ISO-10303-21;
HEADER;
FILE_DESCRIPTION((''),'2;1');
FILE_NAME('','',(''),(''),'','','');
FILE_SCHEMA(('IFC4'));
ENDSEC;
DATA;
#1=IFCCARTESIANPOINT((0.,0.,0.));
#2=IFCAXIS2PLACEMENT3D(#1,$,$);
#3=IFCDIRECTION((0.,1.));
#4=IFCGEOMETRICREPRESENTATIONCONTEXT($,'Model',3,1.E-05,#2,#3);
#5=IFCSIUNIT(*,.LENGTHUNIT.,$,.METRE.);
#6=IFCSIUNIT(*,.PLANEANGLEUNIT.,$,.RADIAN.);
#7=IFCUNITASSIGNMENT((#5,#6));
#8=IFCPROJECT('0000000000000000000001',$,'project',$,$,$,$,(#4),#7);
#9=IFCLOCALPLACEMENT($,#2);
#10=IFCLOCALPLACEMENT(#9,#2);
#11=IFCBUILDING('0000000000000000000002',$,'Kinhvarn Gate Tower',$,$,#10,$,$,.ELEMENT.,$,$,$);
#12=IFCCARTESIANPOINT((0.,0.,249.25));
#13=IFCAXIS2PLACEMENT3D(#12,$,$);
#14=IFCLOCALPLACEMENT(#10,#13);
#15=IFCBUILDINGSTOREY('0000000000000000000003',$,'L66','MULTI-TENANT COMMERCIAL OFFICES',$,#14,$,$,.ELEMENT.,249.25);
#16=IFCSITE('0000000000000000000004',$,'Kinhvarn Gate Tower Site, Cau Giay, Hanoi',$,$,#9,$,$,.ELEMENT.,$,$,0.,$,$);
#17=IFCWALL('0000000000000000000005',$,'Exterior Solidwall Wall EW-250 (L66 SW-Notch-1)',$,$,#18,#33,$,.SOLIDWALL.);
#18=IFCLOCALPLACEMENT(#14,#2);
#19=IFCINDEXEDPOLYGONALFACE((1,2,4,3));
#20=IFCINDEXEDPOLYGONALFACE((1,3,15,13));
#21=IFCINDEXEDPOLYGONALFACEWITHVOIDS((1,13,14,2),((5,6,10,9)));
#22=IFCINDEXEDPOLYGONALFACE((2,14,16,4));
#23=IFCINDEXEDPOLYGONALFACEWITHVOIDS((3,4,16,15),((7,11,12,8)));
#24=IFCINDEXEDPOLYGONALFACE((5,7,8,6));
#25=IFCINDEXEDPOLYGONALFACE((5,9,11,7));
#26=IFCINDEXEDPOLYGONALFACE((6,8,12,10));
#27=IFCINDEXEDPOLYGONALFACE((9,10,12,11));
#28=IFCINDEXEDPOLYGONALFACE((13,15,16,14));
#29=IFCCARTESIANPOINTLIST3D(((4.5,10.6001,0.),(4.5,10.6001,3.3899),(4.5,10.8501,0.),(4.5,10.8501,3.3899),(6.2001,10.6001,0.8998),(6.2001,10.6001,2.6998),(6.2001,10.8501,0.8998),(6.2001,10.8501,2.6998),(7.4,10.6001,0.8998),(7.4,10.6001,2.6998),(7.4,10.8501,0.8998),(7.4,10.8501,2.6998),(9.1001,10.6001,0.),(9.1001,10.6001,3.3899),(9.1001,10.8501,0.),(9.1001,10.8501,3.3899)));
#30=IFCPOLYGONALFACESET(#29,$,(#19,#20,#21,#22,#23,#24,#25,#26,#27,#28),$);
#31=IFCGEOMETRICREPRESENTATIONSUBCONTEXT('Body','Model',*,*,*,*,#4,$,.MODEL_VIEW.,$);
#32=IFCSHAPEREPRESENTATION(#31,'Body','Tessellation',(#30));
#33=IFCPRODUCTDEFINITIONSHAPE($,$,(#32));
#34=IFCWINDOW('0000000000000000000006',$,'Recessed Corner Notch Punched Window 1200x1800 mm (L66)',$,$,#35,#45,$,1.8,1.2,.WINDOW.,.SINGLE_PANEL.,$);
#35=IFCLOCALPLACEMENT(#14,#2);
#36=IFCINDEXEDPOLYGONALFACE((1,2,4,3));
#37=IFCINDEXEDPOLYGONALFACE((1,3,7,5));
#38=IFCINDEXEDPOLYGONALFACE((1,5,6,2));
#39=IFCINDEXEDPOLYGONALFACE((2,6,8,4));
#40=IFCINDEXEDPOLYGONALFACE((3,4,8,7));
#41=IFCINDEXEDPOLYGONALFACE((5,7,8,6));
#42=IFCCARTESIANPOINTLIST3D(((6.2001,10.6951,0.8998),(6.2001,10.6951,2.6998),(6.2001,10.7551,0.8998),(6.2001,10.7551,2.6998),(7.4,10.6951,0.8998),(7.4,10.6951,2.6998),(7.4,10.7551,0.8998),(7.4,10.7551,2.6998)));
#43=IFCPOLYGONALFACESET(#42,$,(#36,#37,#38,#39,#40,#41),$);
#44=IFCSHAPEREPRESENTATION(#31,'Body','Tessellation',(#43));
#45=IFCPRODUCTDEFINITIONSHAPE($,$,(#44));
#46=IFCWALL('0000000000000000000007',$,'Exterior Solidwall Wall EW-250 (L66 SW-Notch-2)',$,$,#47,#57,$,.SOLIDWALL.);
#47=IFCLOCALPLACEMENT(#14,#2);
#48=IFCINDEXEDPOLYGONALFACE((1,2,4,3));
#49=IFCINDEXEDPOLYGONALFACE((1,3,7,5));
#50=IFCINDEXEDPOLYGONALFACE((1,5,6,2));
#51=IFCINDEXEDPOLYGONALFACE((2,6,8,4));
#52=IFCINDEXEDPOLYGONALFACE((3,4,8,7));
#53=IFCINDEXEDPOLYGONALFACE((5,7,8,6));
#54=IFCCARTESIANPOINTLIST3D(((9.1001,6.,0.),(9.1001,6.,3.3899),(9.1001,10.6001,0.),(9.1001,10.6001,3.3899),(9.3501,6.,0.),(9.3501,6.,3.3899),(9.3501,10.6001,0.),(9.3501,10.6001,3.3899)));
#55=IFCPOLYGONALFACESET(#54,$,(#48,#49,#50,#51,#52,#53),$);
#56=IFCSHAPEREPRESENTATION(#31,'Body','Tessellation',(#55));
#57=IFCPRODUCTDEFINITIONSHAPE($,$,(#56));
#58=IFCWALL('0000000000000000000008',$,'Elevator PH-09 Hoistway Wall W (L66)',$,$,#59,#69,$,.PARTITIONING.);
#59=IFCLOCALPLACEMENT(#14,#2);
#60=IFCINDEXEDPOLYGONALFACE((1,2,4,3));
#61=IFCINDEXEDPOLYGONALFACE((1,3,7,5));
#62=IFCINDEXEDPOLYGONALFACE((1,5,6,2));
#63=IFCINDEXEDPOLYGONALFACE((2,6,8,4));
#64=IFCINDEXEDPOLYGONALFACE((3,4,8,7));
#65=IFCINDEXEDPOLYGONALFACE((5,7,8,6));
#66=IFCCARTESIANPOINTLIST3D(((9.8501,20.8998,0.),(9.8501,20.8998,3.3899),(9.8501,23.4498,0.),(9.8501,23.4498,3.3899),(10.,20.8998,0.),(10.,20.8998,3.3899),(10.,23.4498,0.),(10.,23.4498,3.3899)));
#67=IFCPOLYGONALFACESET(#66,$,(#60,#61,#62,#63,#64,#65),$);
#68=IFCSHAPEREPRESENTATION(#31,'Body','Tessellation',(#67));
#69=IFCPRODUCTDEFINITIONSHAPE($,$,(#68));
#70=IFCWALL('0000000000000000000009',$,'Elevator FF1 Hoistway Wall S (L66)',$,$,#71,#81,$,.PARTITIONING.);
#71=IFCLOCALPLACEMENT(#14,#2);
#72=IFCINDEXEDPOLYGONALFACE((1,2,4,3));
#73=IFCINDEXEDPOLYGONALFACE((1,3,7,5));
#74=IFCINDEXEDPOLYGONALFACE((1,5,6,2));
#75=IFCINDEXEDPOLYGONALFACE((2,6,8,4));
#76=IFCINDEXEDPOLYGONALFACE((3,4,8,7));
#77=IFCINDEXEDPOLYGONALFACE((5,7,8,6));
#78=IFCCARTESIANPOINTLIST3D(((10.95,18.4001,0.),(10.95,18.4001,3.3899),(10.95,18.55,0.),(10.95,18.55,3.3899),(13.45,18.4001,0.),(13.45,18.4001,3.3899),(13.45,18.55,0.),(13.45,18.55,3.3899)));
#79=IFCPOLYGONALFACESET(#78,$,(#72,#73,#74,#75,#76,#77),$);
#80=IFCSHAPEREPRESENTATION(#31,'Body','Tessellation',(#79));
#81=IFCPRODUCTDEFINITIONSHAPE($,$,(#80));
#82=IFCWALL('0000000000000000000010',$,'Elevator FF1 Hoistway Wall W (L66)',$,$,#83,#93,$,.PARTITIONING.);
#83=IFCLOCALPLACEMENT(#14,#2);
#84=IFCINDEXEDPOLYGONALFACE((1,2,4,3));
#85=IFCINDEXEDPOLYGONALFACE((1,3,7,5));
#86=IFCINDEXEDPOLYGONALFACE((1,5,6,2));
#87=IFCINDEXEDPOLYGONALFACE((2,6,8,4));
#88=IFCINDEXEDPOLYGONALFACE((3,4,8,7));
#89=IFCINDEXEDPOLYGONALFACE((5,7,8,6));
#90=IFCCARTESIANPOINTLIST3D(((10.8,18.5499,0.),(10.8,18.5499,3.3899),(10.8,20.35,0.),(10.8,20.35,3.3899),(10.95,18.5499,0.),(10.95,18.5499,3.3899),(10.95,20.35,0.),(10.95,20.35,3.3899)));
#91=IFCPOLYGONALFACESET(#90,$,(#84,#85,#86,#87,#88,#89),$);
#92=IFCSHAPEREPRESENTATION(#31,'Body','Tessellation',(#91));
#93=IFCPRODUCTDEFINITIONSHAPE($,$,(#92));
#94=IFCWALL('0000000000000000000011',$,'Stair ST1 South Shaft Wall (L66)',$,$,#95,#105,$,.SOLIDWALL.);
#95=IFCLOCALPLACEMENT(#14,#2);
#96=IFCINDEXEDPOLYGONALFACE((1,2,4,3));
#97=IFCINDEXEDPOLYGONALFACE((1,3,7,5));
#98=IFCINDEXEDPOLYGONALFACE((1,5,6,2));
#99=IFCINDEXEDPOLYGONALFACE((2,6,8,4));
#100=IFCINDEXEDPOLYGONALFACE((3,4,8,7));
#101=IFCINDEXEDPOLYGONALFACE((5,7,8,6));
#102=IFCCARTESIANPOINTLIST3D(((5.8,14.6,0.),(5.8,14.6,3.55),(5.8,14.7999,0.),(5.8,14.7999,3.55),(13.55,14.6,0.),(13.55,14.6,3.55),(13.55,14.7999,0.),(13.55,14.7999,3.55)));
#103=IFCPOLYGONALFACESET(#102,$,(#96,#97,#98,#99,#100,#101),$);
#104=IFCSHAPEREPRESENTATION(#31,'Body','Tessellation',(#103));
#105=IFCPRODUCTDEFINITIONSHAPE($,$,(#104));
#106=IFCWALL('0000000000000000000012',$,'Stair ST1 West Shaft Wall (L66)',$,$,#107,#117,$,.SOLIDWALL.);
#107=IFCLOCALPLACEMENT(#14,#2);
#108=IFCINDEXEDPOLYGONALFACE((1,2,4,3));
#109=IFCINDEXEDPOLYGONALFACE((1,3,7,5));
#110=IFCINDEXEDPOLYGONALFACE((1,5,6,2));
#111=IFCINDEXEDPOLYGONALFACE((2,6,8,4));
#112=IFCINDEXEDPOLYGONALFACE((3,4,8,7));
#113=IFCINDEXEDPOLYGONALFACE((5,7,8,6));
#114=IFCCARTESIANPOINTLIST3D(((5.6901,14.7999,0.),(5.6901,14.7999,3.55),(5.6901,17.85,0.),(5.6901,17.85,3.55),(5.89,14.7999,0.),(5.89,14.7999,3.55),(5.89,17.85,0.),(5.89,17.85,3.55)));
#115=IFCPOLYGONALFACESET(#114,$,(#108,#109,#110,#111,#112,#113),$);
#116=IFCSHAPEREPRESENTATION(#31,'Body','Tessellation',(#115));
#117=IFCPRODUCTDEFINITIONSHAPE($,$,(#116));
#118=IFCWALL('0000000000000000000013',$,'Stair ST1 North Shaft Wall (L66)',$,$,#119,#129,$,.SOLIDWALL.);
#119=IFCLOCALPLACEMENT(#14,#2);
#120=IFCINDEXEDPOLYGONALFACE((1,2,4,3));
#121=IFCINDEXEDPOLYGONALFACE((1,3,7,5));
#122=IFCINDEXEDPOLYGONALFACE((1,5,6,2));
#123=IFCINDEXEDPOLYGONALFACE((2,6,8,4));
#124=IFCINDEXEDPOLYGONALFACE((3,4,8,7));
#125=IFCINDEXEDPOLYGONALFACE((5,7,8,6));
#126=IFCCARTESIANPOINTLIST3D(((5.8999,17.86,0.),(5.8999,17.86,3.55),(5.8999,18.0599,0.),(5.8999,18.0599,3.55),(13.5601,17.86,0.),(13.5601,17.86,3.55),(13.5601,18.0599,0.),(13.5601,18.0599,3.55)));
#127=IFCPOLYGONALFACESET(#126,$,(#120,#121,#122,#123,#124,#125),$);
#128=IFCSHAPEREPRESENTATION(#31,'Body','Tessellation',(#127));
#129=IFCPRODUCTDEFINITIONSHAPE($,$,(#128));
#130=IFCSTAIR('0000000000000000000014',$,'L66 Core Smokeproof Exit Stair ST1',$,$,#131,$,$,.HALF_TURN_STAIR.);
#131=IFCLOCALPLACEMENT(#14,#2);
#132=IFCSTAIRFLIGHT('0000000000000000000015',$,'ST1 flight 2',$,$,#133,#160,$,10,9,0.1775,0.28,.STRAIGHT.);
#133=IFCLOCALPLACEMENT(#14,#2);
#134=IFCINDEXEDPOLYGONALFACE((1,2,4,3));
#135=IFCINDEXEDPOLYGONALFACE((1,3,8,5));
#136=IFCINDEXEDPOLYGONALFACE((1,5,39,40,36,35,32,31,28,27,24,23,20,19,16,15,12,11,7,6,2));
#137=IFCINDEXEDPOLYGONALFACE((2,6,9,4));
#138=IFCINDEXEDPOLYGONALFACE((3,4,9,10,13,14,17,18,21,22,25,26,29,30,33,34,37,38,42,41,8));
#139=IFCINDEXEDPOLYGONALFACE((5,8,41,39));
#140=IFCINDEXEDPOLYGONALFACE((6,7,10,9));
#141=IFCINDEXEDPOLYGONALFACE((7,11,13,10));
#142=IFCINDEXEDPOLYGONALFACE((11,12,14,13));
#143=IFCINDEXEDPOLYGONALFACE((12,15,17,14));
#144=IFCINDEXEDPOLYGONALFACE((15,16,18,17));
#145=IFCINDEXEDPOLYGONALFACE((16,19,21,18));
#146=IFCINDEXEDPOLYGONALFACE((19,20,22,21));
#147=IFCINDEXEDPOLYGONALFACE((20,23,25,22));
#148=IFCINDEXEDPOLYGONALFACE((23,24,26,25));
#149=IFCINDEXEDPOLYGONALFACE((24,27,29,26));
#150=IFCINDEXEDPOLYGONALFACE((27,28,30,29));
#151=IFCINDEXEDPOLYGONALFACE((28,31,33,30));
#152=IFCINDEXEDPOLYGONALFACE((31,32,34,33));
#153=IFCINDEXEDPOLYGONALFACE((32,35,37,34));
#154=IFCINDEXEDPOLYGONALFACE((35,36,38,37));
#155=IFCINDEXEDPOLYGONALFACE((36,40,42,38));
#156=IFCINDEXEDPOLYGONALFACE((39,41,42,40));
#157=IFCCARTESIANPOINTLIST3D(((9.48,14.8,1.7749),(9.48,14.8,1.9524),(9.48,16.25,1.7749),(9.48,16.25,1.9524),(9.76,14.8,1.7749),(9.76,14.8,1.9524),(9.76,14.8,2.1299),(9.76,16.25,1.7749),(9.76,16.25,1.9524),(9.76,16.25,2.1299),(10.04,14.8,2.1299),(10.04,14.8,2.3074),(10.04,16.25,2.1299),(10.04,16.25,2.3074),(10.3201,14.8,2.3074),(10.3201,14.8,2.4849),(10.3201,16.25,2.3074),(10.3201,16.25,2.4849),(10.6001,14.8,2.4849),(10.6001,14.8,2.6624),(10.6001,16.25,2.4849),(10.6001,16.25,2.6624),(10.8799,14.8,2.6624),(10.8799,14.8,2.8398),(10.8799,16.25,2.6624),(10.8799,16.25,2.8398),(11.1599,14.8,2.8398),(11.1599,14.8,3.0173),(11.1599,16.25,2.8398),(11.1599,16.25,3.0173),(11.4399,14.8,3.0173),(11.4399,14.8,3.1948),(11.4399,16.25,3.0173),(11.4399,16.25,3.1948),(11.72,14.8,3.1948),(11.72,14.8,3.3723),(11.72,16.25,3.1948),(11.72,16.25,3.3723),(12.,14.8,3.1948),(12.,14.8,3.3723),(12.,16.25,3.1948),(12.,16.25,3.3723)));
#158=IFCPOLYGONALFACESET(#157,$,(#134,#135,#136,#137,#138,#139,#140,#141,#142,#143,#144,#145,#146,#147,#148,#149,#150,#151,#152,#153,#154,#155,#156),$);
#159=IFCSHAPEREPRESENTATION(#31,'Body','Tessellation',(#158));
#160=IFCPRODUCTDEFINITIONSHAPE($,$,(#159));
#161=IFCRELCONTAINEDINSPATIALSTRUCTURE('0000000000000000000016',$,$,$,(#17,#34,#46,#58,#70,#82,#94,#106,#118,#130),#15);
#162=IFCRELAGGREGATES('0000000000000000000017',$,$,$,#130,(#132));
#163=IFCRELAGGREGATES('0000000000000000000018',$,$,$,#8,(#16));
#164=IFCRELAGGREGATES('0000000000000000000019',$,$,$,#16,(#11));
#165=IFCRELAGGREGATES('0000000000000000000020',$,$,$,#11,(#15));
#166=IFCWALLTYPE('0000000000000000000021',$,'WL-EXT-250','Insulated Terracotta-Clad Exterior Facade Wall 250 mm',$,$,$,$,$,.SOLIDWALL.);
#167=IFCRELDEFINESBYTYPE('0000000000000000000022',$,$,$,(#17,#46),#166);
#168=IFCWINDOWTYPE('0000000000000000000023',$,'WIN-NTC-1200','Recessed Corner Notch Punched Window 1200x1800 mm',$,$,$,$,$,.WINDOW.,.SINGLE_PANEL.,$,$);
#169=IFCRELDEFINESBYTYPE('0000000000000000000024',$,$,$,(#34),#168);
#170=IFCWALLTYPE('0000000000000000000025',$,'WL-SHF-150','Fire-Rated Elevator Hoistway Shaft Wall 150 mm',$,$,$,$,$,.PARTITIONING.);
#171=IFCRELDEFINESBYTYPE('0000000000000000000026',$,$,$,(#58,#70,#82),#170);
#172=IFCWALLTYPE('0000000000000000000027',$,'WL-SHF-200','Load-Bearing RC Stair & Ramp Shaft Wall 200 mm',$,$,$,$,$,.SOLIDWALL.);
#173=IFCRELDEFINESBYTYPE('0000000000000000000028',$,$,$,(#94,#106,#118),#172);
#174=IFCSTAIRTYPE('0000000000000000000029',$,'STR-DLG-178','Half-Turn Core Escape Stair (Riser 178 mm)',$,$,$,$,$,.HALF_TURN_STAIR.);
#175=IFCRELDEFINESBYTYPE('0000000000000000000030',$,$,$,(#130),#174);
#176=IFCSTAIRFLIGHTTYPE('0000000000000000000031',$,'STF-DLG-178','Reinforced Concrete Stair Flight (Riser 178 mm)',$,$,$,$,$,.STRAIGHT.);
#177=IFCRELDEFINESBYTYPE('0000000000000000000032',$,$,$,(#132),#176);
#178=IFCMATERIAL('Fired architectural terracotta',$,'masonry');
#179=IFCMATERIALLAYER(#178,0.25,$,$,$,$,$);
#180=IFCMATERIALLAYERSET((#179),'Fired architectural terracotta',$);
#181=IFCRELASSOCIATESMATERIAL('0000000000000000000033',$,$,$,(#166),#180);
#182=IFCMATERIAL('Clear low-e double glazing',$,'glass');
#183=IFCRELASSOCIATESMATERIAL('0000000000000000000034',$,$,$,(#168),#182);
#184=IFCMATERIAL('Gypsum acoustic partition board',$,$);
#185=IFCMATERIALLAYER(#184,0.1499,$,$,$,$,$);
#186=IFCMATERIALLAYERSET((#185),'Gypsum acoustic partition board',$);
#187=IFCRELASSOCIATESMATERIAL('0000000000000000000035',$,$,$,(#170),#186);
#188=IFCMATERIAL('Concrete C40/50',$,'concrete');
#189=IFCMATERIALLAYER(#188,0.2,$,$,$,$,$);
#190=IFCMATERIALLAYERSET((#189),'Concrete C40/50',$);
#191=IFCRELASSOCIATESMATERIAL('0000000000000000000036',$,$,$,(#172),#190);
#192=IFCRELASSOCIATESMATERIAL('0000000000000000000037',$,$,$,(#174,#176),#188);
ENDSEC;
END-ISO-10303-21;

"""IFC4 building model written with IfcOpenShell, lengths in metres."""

from ifc_helpers import new_model, si_unit, direction, frame, frame_2d, origin, place, context, subcontext, project, spatial, polyline, rectangle, outline, extrude, material, layer, layer_set, type_object, element, fill, aggregate, save


model = new_model("IFC4")

# Units and contexts
model_context = context("Model", 3, precision=1e-05, world=origin(), true_north=direction((0.0, 1.0)))
body_context = subcontext(model_context, "Body", "Model", "MODEL_VIEW")
ifc_project = project(units=[si_unit("LENGTHUNIT", "METRE"), si_unit("PLANEANGLEUNIT", "RADIAN")], contexts=[model_context])

# Site, building, storey
site_placement = place(None, origin())
site = spatial("IfcSite", under=ifc_project, at=site_placement, Name="Kinhvarn Gate Tower Site, Cau Giay, Hanoi", CompositionType="ELEMENT", RefElevation=0.0)
building_placement = place(site_placement, origin())
building = spatial("IfcBuilding", under=site, at=building_placement, Name="Kinhvarn Gate Tower", CompositionType="ELEMENT")
storey_placement = place(building_placement, frame((0.0, 0.0, 249.25)))
storey = spatial("IfcBuildingStorey", under=building, at=storey_placement, Name="L66", Description="MULTI-TENANT COMMERCIAL OFFICES", CompositionType="ELEMENT", Elevation=249.25)

# Wall, opening, window
ifc_material_1 = material(Name="Fired architectural terracotta", Category="masonry")
ifc_layer_1 = layer(ifc_material_1, 0.25)
ifc_layer_set_1 = layer_set([ifc_layer_1], Name="Fired architectural terracotta")
wall_type_1 = type_object("IfcWallType", Name="WL-EXT-250", Description="Insulated Terracotta-Clad Exterior Facade Wall 250 mm", PredefinedType="SOLIDWALL", material=ifc_layer_set_1)
ifc_material_2 = material(Name="Clear low-e double glazing", Category="glass")
wall_1_placement = place(storey_placement, frame((4.5, 10.7251, 0.0), z_axis=(0.0, 0.0, 1.0), x_axis=(1.0, 0.0, 0.0)))
wall_1 = element("IfcWall", 1, at=wall_1_placement, inside=storey, type_object=wall_type_1, Name="Exterior Solidwall Wall EW-250 (L66 SW-Notch-1)", PredefinedType="SOLIDWALL", context=body_context, shape_type="SweptSolid", body=[
    extrude(rectangle(XDim=4.6001, YDim=0.25, at=frame_2d((2.3, 0.0))), origin(), (0.0, 0.0, 1.0), 3.3899),
])
opening_1_placement = place(wall_1_placement, frame((1.7, 0.0, 0.8999)))
opening_1 = element("IfcOpeningElement", 2, at=opening_1_placement, cuts=wall_1, PredefinedType="OPENING", context=body_context, shape_type="SweptSolid", body=[
    extrude(rectangle(XDim=1.2, YDim=1.8, at=frame_2d((0.6001, 0.8999))), frame((0.0, 0.135, 0.0), z_axis=(0.0, -1.0, 0.0), x_axis=(1.0, 0.0, 0.0)), (0.0, 0.0, 1.0), 0.27),
])
window_type_1 = type_object("IfcWindowType", Name="WIN-NTC-1200", Description="Recessed Corner Notch Punched Window 1200x1800 mm", PartitioningType="SINGLE_PANEL", PredefinedType="WINDOW", material=ifc_material_2)
window_1_placement = place(opening_1_placement, origin())
window_1 = element("IfcWindow", 3, at=window_1_placement, inside=storey, type_object=window_type_1, Name="Recessed Corner Notch Punched Window 1200x1800 mm (L66)", OverallHeight=1.8, OverallWidth=1.2, PartitioningType="SINGLE_PANEL", PredefinedType="WINDOW", context=body_context, shape_type="SweptSolid", body=[
    extrude(rectangle(XDim=1.2, YDim=1.8, at=frame_2d((0.6001, 0.8999))), frame((0.0, 0.03, 0.0), z_axis=(0.0, -1.0, 0.0), x_axis=(1.0, 0.0, 0.0)), (0.0, 0.0, 1.0), 0.0601),
])
fill(opening_1, window_1)

# Walls
wall_2_placement = place(storey_placement, frame((9.2251, 10.6001, 0.0), z_axis=(0.0, 0.0, 1.0), x_axis=(0.0, -1.0, 0.0)))
element("IfcWall", 4, at=wall_2_placement, inside=storey, type_object=wall_type_1, Name="Exterior Solidwall Wall EW-250 (L66 SW-Notch-2)", PredefinedType="SOLIDWALL", context=body_context, shape_type="SweptSolid", body=[
    extrude(rectangle(XDim=4.6001, YDim=0.25, at=frame_2d((2.3, 0.0))), origin(), (0.0, 0.0, 1.0), 3.3899),
])
ifc_material_3 = material(Name="Gypsum acoustic partition board")
ifc_layer_2 = layer(ifc_material_3, 0.1499)
ifc_layer_set_2 = layer_set([ifc_layer_2], Name="Gypsum acoustic partition board")
wall_type_2 = type_object("IfcWallType", Name="WL-SHF-150", Description="Fire-Rated Elevator Hoistway Shaft Wall 150 mm", PredefinedType="PARTITIONING", material=ifc_layer_set_2)
wall_3_placement = place(storey_placement, frame((9.925, 20.8999, 0.0), z_axis=(0.0, 0.0, 1.0), x_axis=(0.0, 1.0, 0.0)))
element("IfcWall", 5, at=wall_3_placement, inside=storey, type_object=wall_type_2, Name="Elevator PH-09 Hoistway Wall W (L66)", PredefinedType="PARTITIONING", context=body_context, shape_type="SweptSolid", body=[
    extrude(rectangle(XDim=2.55, YDim=0.1499, at=frame_2d((1.2749, 0.0))), origin(), (0.0, 0.0, 1.0), 3.3899),
])
wall_4_placement = place(storey_placement, frame((10.95, 18.4751, 0.0), z_axis=(0.0, 0.0, 1.0), x_axis=(1.0, 0.0, 0.0)))
element("IfcWall", 6, at=wall_4_placement, inside=storey, type_object=wall_type_2, Name="Elevator FF1 Hoistway Wall S (L66)", PredefinedType="PARTITIONING", context=body_context, shape_type="SweptSolid", body=[
    extrude(rectangle(XDim=2.5, YDim=0.1499, at=frame_2d((1.25, 0.0))), origin(), (0.0, 0.0, 1.0), 3.3899),
])
wall_5_placement = place(storey_placement, frame((10.875, 18.55, 0.0), z_axis=(0.0, 0.0, 1.0), x_axis=(0.0, 1.0, 0.0)))
element("IfcWall", 7, at=wall_5_placement, inside=storey, type_object=wall_type_2, Name="Elevator FF1 Hoistway Wall W (L66)", PredefinedType="PARTITIONING", context=body_context, shape_type="SweptSolid", body=[
    extrude(rectangle(XDim=1.8, YDim=0.1499, at=frame_2d((0.8999, 0.0))), origin(), (0.0, 0.0, 1.0), 3.3899),
])
ifc_material_4 = material(Name="Concrete C40/50", Category="concrete")
ifc_layer_3 = layer(ifc_material_4, 0.2)
ifc_layer_set_3 = layer_set([ifc_layer_3], Name="Concrete C40/50")
wall_type_3 = type_object("IfcWallType", Name="WL-SHF-200", Description="Load-Bearing RC Stair & Ramp Shaft Wall 200 mm", PredefinedType="SOLIDWALL", material=ifc_layer_set_3)
wall_6_placement = place(storey_placement, frame((5.8, 14.7, 0.0), z_axis=(0.0, 0.0, 1.0), x_axis=(1.0, 0.0, 0.0)))
element("IfcWall", 8, at=wall_6_placement, inside=storey, type_object=wall_type_3, Name="Stair ST1 South Shaft Wall (L66)", PredefinedType="SOLIDWALL", context=body_context, shape_type="SweptSolid", body=[
    extrude(rectangle(XDim=7.75, YDim=0.2, at=frame_2d((3.875, 0.0))), origin(), (0.0, 0.0, 1.0), 3.55),
])
wall_7_placement = place(storey_placement, frame((5.79, 14.8, 0.0), z_axis=(0.0, 0.0, 1.0), x_axis=(0.0, 1.0, 0.0)))
element("IfcWall", 9, at=wall_7_placement, inside=storey, type_object=wall_type_3, Name="Stair ST1 West Shaft Wall (L66)", PredefinedType="SOLIDWALL", context=body_context, shape_type="SweptSolid", body=[
    extrude(rectangle(XDim=3.05, YDim=0.2, at=frame_2d((1.5249, 0.0))), origin(), (0.0, 0.0, 1.0), 3.55),
])
wall_8_placement = place(storey_placement, frame((5.8999, 17.96, 0.0), z_axis=(0.0, 0.0, 1.0), x_axis=(1.0, 0.0, 0.0)))
element("IfcWall", 10, at=wall_8_placement, inside=storey, type_object=wall_type_3, Name="Stair ST1 North Shaft Wall (L66)", PredefinedType="SOLIDWALL", context=body_context, shape_type="SweptSolid", body=[
    extrude(rectangle(XDim=7.6602, YDim=0.2, at=frame_2d((3.8301, 0.0))), origin(), (0.0, 0.0, 1.0), 3.55),
])

# Stair, stair flight
stair_type = type_object("IfcStairType", Name="STR-DLG-178", Description="Half-Turn Core Escape Stair (Riser 178 mm)", PredefinedType="HALF_TURN_STAIR", material=ifc_material_4)
stair_placement = place(storey_placement, origin())
stair = element("IfcStair", 11, at=stair_placement, inside=storey, type_object=stair_type, Name="L66 Core Smokeproof Exit Stair ST1", PredefinedType="HALF_TURN_STAIR")
stair_flight_type = type_object("IfcStairFlightType", Name="STF-DLG-178", Description="Reinforced Concrete Stair Flight (Riser 178 mm)", PredefinedType="STRAIGHT", material=ifc_material_4)
stair_flight_placement = place(storey_placement, frame((9.48, 15.5249, 1.7749), z_axis=(0.0, 0.0, 1.0), x_axis=(1.0, 0.0, 0.0)))
stair_flight = element("IfcStairFlight", 12, at=stair_flight_placement, type_object=stair_flight_type, Name="ST1 flight 2", NumberOfRisers=10, NumberOfTreads=9, PredefinedType="STRAIGHT", RiserHeight=0.1775, TreadLength=0.28, context=body_context, shape_type="SweptSolid", body=[
    extrude(outline(polyline([(0.0, 0.0), (0.0, 0.1775), (0.28, 0.1775), (0.28, 0.355), (0.5601, 0.355), (0.5601, 0.5325), (0.8401, 0.5325), (0.8401, 0.71), (1.1201, 0.71), (1.1201, 0.8875), (1.3999, 0.8875), (1.3999, 1.0649), (1.6799, 1.0649), (1.6799, 1.2424), (1.96, 1.2424), (1.96, 1.4199), (2.24, 1.4199), (2.24, 1.5974), (2.52, 1.5974), (2.52, 1.7749), (2.52, 1.4199), (0.28, 0.0), (0.0, 0.0)])), frame((0.0, 0.7251, 0.0), z_axis=(0.0, -1.0, 0.0), x_axis=(1.0, 0.0, 0.0)), (0.0, 0.0, 1.0), 1.45),
])
aggregate(stair, [stair_flight])

save(model, "model.ifc")
